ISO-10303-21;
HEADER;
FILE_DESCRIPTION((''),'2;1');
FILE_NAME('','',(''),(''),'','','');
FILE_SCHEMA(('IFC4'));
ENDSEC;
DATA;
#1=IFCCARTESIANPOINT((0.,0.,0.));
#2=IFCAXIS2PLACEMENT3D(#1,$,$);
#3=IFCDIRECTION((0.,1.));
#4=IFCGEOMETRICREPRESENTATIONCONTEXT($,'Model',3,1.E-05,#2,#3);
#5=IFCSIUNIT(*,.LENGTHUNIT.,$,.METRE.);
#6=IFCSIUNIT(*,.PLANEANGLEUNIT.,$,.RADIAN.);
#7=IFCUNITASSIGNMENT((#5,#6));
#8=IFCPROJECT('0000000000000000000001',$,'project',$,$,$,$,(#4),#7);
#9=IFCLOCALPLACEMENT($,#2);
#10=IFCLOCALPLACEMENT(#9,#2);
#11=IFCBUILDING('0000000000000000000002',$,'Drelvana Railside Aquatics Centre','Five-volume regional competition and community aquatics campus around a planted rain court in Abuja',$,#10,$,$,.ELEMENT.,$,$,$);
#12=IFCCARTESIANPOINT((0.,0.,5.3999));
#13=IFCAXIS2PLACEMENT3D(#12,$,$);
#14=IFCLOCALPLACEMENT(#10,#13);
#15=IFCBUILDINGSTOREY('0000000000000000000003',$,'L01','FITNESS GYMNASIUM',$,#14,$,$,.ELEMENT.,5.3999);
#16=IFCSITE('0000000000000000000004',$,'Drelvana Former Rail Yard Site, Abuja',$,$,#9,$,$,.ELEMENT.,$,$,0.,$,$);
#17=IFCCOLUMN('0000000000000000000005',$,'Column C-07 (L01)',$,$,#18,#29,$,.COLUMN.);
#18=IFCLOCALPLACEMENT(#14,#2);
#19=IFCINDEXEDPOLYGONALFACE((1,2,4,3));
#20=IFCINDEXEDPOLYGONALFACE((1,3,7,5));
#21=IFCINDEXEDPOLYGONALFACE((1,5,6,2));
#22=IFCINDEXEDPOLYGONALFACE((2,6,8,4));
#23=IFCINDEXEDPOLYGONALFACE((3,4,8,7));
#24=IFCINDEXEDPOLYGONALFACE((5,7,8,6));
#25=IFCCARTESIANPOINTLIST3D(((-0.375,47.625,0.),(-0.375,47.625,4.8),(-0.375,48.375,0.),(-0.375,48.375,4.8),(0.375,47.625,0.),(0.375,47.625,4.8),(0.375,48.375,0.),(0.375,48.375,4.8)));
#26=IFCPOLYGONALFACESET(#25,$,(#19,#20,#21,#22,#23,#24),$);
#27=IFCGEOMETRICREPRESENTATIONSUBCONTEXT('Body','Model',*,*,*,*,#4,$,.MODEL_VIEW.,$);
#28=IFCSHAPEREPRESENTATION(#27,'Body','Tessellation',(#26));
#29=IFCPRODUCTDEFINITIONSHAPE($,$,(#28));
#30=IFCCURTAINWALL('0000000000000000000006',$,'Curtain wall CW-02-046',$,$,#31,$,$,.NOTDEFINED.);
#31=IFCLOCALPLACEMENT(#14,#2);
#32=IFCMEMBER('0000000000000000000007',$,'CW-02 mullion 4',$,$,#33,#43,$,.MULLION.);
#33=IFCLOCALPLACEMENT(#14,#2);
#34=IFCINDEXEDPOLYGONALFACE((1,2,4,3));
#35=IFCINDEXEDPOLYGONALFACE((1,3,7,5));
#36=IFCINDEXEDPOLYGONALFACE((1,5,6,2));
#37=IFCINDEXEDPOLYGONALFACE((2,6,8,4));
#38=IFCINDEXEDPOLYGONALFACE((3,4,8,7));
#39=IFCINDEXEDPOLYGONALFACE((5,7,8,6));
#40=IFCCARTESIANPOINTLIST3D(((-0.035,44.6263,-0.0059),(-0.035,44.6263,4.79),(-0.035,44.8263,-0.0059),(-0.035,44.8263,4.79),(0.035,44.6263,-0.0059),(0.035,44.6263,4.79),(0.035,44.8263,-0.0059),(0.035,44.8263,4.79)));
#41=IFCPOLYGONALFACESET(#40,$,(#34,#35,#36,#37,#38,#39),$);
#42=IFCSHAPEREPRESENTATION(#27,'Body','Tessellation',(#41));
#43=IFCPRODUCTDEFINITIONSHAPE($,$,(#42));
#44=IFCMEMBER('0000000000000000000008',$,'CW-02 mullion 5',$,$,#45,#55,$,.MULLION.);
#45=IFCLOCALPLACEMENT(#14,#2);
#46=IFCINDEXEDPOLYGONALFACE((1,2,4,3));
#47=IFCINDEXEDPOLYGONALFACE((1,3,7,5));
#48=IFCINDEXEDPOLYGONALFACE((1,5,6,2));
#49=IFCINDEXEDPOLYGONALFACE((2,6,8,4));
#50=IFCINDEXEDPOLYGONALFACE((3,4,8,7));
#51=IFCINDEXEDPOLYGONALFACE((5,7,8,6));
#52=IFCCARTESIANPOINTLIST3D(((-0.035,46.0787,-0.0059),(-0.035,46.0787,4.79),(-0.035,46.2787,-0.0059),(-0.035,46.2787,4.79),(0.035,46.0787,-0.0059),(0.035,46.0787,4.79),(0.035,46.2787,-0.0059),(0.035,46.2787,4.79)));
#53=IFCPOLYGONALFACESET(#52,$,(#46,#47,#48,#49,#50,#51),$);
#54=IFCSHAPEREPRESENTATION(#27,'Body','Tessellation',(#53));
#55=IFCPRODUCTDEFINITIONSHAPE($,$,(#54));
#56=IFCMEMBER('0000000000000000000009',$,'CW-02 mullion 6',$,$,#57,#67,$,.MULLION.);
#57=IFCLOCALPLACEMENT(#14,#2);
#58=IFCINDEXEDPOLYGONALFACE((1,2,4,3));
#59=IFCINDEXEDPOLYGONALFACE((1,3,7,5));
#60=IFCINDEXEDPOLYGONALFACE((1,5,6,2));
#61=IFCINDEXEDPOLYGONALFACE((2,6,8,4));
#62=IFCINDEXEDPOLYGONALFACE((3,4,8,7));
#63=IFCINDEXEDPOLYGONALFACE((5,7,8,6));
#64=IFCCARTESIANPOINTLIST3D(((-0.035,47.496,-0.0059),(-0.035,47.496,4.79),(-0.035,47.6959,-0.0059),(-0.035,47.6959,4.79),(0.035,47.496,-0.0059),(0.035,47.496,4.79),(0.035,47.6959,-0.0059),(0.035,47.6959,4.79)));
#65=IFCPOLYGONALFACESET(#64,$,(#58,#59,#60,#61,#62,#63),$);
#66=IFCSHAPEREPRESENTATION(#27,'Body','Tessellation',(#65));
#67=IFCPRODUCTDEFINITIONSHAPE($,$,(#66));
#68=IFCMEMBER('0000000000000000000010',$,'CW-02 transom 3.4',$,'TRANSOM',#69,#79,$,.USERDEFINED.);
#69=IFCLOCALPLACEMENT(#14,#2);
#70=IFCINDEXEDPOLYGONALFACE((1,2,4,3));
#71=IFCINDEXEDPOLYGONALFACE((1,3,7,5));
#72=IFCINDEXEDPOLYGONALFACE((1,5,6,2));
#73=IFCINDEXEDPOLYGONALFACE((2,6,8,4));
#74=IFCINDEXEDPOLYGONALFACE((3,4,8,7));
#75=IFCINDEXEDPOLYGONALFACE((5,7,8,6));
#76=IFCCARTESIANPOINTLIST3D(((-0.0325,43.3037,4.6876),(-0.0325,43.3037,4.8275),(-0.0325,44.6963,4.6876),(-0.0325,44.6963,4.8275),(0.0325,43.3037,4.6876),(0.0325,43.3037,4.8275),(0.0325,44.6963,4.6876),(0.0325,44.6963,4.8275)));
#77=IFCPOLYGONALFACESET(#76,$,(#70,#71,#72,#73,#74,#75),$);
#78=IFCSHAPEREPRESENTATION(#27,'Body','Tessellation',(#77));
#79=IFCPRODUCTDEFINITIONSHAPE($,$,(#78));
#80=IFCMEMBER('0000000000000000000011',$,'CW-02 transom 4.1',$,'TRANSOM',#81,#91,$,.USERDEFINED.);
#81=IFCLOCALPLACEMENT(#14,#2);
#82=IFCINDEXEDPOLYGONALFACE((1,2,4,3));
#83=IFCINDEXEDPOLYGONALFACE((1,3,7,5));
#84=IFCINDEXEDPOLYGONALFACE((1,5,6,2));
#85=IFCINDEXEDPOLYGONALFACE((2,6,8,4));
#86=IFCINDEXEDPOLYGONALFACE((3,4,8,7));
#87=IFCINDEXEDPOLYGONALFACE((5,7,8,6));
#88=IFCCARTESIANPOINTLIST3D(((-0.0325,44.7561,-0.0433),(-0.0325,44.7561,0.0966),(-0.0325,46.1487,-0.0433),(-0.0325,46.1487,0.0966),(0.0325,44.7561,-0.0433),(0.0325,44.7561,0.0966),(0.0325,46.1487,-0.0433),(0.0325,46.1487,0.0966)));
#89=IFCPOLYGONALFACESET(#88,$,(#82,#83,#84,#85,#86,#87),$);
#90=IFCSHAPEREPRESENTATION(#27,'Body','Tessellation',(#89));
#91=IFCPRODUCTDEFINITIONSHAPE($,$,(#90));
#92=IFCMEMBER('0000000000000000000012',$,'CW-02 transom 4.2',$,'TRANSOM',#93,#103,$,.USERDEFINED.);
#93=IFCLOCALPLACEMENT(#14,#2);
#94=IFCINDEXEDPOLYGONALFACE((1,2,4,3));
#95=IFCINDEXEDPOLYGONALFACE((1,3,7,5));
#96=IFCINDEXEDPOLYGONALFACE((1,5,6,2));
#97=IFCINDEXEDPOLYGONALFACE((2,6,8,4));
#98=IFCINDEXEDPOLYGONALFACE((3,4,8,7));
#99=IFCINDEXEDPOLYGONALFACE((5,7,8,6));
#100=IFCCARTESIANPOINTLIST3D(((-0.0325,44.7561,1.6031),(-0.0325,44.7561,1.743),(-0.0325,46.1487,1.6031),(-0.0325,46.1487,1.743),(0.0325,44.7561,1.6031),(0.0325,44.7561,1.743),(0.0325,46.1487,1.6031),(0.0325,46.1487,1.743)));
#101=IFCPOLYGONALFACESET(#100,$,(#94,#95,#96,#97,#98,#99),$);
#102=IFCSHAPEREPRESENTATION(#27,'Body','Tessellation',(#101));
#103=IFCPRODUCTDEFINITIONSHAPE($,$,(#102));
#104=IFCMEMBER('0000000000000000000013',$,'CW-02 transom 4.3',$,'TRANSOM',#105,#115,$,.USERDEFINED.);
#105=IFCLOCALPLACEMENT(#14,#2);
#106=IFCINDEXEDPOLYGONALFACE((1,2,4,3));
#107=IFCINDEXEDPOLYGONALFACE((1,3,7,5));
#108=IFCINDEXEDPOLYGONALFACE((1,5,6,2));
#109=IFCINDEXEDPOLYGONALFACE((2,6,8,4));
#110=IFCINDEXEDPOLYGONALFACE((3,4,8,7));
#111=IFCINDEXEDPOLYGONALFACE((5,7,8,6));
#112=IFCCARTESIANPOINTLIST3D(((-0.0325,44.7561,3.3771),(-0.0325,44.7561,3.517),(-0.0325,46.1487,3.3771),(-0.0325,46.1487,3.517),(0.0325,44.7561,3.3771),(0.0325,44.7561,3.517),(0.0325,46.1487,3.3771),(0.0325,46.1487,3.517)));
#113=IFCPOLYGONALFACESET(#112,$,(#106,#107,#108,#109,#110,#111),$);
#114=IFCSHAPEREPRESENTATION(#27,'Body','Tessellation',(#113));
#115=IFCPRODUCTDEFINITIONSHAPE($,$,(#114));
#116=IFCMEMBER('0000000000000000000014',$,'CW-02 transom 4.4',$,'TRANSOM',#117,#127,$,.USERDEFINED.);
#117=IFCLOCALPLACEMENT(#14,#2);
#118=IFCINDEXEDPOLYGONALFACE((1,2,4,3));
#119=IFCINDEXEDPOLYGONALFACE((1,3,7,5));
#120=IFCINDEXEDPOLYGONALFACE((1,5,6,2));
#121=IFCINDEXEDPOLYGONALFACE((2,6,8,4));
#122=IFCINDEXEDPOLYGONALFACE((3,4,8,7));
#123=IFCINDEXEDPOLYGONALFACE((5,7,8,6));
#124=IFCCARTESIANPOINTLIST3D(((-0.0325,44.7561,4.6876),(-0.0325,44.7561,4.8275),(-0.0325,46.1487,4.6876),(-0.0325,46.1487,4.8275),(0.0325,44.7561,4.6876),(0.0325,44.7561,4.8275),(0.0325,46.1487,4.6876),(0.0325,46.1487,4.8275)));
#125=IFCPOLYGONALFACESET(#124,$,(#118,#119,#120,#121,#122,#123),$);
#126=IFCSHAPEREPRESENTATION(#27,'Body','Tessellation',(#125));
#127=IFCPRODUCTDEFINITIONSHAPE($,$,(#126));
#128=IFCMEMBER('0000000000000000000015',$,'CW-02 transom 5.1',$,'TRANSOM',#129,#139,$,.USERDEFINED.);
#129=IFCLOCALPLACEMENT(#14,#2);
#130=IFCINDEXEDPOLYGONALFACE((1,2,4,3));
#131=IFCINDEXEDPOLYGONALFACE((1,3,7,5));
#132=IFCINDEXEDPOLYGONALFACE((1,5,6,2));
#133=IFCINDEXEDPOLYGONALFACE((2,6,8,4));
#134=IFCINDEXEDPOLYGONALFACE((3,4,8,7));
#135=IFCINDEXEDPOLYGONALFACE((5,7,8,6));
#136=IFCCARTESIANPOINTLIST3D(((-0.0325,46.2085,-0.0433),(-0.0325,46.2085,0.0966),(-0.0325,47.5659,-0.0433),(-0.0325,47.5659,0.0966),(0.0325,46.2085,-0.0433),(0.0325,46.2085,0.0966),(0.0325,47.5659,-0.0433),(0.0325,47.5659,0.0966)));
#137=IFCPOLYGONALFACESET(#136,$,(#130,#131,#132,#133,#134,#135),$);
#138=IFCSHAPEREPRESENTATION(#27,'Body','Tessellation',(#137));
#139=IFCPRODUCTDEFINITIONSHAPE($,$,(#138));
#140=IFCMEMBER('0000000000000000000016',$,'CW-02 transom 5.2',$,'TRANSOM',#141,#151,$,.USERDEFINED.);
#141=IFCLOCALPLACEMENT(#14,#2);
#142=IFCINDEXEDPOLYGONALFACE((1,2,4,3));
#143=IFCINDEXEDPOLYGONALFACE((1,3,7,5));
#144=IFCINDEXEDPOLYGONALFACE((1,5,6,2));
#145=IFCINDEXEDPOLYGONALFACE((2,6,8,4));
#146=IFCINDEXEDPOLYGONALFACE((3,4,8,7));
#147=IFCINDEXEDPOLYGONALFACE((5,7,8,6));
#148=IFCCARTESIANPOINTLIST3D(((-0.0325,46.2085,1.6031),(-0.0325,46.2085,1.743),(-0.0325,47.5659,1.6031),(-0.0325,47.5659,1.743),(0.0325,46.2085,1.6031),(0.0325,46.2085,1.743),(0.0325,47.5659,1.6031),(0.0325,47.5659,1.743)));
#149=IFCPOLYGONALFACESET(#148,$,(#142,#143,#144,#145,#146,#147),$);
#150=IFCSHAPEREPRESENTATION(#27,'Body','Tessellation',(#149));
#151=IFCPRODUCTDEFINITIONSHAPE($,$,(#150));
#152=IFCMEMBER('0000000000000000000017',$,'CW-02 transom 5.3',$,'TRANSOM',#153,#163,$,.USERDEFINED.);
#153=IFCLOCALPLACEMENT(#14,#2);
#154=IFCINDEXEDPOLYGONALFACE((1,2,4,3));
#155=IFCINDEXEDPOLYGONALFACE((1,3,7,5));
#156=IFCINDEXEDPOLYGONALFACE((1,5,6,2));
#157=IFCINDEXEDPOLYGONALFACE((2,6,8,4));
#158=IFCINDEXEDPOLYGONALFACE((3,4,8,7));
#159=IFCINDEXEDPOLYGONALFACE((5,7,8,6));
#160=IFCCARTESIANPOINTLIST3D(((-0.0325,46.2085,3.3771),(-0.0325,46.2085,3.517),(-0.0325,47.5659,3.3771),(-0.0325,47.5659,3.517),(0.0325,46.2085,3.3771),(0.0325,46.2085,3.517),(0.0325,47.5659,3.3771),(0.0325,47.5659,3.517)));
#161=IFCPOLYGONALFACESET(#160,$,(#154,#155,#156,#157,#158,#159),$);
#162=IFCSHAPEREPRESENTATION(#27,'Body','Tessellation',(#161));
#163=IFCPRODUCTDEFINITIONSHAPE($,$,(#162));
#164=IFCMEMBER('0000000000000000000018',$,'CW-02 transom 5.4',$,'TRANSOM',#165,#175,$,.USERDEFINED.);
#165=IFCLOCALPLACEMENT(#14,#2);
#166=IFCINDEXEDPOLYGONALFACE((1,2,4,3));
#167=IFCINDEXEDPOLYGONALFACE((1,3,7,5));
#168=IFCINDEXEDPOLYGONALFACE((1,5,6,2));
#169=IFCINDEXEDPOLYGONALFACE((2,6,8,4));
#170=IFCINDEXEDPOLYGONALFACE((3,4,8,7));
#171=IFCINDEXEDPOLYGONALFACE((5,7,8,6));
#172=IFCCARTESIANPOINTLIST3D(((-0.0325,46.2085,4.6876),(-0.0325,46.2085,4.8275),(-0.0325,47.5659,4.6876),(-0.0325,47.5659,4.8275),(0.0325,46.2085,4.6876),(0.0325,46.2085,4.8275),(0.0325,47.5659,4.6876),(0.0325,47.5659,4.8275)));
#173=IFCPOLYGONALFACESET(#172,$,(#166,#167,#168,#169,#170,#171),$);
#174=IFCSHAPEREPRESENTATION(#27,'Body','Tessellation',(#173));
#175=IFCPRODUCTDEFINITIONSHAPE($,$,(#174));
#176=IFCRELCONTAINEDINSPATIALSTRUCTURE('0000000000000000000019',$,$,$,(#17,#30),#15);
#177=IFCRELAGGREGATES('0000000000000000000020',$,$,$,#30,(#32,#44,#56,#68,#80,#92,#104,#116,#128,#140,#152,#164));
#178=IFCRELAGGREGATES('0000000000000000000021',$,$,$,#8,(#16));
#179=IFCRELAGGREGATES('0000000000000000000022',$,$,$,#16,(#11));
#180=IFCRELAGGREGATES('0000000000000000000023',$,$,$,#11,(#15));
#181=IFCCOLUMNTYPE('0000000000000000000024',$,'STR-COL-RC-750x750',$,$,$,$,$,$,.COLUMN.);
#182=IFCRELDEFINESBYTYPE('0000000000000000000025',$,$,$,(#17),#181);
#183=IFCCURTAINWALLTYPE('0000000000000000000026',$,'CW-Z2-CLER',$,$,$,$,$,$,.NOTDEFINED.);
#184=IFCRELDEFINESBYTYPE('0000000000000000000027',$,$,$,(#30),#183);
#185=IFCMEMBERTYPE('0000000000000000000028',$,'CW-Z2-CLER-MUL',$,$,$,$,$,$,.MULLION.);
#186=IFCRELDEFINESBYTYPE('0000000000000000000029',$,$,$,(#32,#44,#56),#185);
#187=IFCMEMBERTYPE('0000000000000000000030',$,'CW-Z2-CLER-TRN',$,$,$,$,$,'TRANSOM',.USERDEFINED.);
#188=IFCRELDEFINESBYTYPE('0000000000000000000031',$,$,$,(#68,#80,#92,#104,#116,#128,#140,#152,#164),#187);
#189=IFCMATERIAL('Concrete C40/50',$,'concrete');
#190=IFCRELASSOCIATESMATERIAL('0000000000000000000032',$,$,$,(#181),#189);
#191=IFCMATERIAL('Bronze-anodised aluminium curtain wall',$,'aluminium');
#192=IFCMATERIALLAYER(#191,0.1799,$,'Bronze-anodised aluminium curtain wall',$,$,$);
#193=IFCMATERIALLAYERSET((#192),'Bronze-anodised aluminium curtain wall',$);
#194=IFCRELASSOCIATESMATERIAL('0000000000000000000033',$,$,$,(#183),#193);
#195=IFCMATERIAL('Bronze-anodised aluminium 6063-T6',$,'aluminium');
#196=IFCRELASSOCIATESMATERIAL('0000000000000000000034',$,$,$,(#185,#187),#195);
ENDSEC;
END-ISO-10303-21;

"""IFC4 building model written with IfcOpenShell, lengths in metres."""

from ifc_helpers import new_model, si_unit, direction, frame, origin, origin_2d, place, context, subcontext, project, spatial, rectangle, extrude, material, layer, layer_set, material_profile, profile_set, type_object, element, aggregate, save


model = new_model("IFC4")

# Units and contexts
model_context = context("Model", 3, precision=1e-05, world=origin(), true_north=direction((0.0, 1.0)))
body_context = subcontext(model_context, "Body", "Model", "MODEL_VIEW")
ifc_project = project(units=[si_unit("LENGTHUNIT", "METRE"), si_unit("PLANEANGLEUNIT", "RADIAN")], contexts=[model_context])

# Site, building, storey
site_placement = place(None, origin())
site = spatial("IfcSite", under=ifc_project, at=site_placement, Name="Drelvana Former Rail Yard Site, Abuja", CompositionType="ELEMENT", RefElevation=0.0)
building_placement = place(site_placement, origin())
building = spatial("IfcBuilding", under=site, at=building_placement, Name="Drelvana Railside Aquatics Centre", Description="Five-volume regional competition and community aquatics campus around a planted rain court in Abuja", CompositionType="ELEMENT")
storey_placement = place(building_placement, frame((0.0, 0.0, 5.3999)))
storey = spatial("IfcBuildingStorey", under=building, at=storey_placement, Name="L01", Description="FITNESS GYMNASIUM", CompositionType="ELEMENT", Elevation=5.3999)

# Column
ifc_material_1 = material(Name="Concrete C40/50", Category="concrete")
ifc_material_profile_1 = material_profile(ifc_material_1, rectangle(XDim=0.75, YDim=0.75, at=origin_2d()), Name="RC 750x750")
ifc_profile_set_1 = profile_set([ifc_material_profile_1], Name="Concrete C40/50")
column_type = type_object("IfcColumnType", Name="STR-COL-RC-750x750", PredefinedType="COLUMN", material=ifc_profile_set_1)
column_placement = place(storey_placement, frame((0.0, 48.0, 0.0), z_axis=(0.0, 0.0, 1.0), x_axis=(1.0, 0.0, 0.0)))
element("IfcColumn", 1, at=column_placement, inside=storey, type_object=column_type, Name="Column C-07 (L01)", PredefinedType="COLUMN", context=body_context, shape_type="SweptSolid", body=[
    extrude(rectangle(XDim=0.75, YDim=0.75, at=origin_2d()), origin(), (0.0, 0.0, 1.0), 4.8),
])

# Curtain wall, members
ifc_material_2 = material(Name="Bronze-anodised aluminium curtain wall", Category="aluminium")
ifc_layer_1 = layer(ifc_material_2, 0.1799, Name="Bronze-anodised aluminium curtain wall")
ifc_layer_set_1 = layer_set([ifc_layer_1], Name="Bronze-anodised aluminium curtain wall")
curtain_wall_type = type_object("IfcCurtainWallType", Name="CW-Z2-CLER", PredefinedType="NOTDEFINED", material=ifc_layer_set_1)
curtain_wall_placement = place(storey_placement, origin())
curtain_wall = element("IfcCurtainWall", 2, at=curtain_wall_placement, inside=storey, type_object=curtain_wall_type, Name="Curtain wall CW-02-046", PredefinedType="NOTDEFINED")
ifc_material_3 = material(Name="Bronze-anodised aluminium 6063-T6", Category="aluminium")
ifc_material_profile_2 = material_profile(ifc_material_3, rectangle(XDim=0.0701, YDim=0.2, at=origin_2d()), Name="ALU-M 70x200")
ifc_profile_set_2 = profile_set([ifc_material_profile_2], Name="Bronze-anodised aluminium 6063-T6")
member_type_1 = type_object("IfcMemberType", Name="CW-Z2-CLER-MUL", PredefinedType="MULLION", material=ifc_profile_set_2)
member_1_placement = place(storey_placement, frame((0.0, 44.7263, -0.0059), z_axis=(0.0, 0.0, 1.0), x_axis=(-1.0, 0.0, 0.0)))
member_1 = element("IfcMember", 3, at=member_1_placement, type_object=member_type_1, Name="CW-02 mullion 4", PredefinedType="MULLION", context=body_context, shape_type="SweptSolid", body=[
    extrude(rectangle(XDim=0.0701, YDim=0.2, at=origin_2d()), origin(), (0.0, 0.0, 1.0), 4.7959),
])
member_2_placement = place(storey_placement, frame((0.0, 46.1787, -0.0059), z_axis=(0.0, 0.0, 1.0), x_axis=(-1.0, 0.0, 0.0)))
member_2 = element("IfcMember", 4, at=member_2_placement, type_object=member_type_1, Name="CW-02 mullion 5", PredefinedType="MULLION", context=body_context, shape_type="SweptSolid", body=[
    extrude(rectangle(XDim=0.0701, YDim=0.2, at=origin_2d()), origin(), (0.0, 0.0, 1.0), 4.7959),
])
member_3_placement = place(storey_placement, frame((0.0, 47.5959, -0.0059), z_axis=(0.0, 0.0, 1.0), x_axis=(-1.0, 0.0, 0.0)))
member_3 = element("IfcMember", 5, at=member_3_placement, type_object=member_type_1, Name="CW-02 mullion 6", PredefinedType="MULLION", context=body_context, shape_type="SweptSolid", body=[
    extrude(rectangle(XDim=0.0701, YDim=0.2, at=origin_2d()), origin(), (0.0, 0.0, 1.0), 4.7959),
])
ifc_material_profile_3 = material_profile(ifc_material_3, rectangle(XDim=0.1399, YDim=0.0649, at=origin_2d()), Name="ALU-T 65x140")
ifc_profile_set_3 = profile_set([ifc_material_profile_3], Name="Bronze-anodised aluminium 6063-T6")
member_type_2 = type_object("IfcMemberType", Name="CW-Z2-CLER-TRN", ElementType="TRANSOM", PredefinedType="USERDEFINED", material=ifc_profile_set_3)
member_4_placement = place(storey_placement, frame((0.0, 43.3037, 4.7576), z_axis=(0.0, 1.0, 0.0), x_axis=(0.0, 0.0, 1.0)))
member_4 = element("IfcMember", 6, at=member_4_placement, type_object=member_type_2, Name="CW-02 transom 3.4", ObjectType="TRANSOM", PredefinedType="USERDEFINED", context=body_context, shape_type="SweptSolid", body=[
    extrude(rectangle(XDim=0.1399, YDim=0.0649, at=origin_2d()), origin(), (0.0, 0.0, 1.0), 1.3926),
])
member_5_placement = place(storey_placement, frame((0.0, 44.7561, 0.0266), z_axis=(0.0, 1.0, 0.0), x_axis=(0.0, 0.0, 1.0)))
member_5 = element("IfcMember", 7, at=member_5_placement, type_object=member_type_2, Name="CW-02 transom 4.1", ObjectType="TRANSOM", PredefinedType="USERDEFINED", context=body_context, shape_type="SweptSolid", body=[
    extrude(rectangle(XDim=0.1399, YDim=0.0649, at=origin_2d()), origin(), (0.0, 0.0, 1.0), 1.3926),
])
member_6_placement = place(storey_placement, frame((0.0, 44.7561, 1.6731), z_axis=(0.0, 1.0, 0.0), x_axis=(0.0, 0.0, 1.0)))
member_6 = element("IfcMember", 8, at=member_6_placement, type_object=member_type_2, Name="CW-02 transom 4.2", ObjectType="TRANSOM", PredefinedType="USERDEFINED", context=body_context, shape_type="SweptSolid", body=[
    extrude(rectangle(XDim=0.1399, YDim=0.0649, at=origin_2d()), origin(), (0.0, 0.0, 1.0), 1.3926),
])
member_7_placement = place(storey_placement, frame((0.0, 44.7561, 3.447), z_axis=(0.0, 1.0, 0.0), x_axis=(0.0, 0.0, 1.0)))
member_7 = element("IfcMember", 9, at=member_7_placement, type_object=member_type_2, Name="CW-02 transom 4.3", ObjectType="TRANSOM", PredefinedType="USERDEFINED", context=body_context, shape_type="SweptSolid", body=[
    extrude(rectangle(XDim=0.1399, YDim=0.0649, at=origin_2d()), origin(), (0.0, 0.0, 1.0), 1.3926),
])
member_8_placement = place(storey_placement, frame((0.0, 44.7561, 4.7576), z_axis=(0.0, 1.0, 0.0), x_axis=(0.0, 0.0, 1.0)))
member_8 = element("IfcMember", 10, at=member_8_placement, type_object=member_type_2, Name="CW-02 transom 4.4", ObjectType="TRANSOM", PredefinedType="USERDEFINED", context=body_context, shape_type="SweptSolid", body=[
    extrude(rectangle(XDim=0.1399, YDim=0.0649, at=origin_2d()), origin(), (0.0, 0.0, 1.0), 1.3926),
])
member_9_placement = place(storey_placement, frame((0.0, 46.2085, 0.0266), z_axis=(0.0, 1.0, 0.0), x_axis=(0.0, 0.0, 1.0)))
member_9 = element("IfcMember", 11, at=member_9_placement, type_object=member_type_2, Name="CW-02 transom 5.1", ObjectType="TRANSOM", PredefinedType="USERDEFINED", context=body_context, shape_type="SweptSolid", body=[
    extrude(rectangle(XDim=0.1399, YDim=0.0649, at=origin_2d()), origin(), (0.0, 0.0, 1.0), 1.3574),
])
member_10_placement = place(storey_placement, frame((0.0, 46.2085, 1.6731), z_axis=(0.0, 1.0, 0.0), x_axis=(0.0, 0.0, 1.0)))
member_10 = element("IfcMember", 12, at=member_10_placement, type_object=member_type_2, Name="CW-02 transom 5.2", ObjectType="TRANSOM", PredefinedType="USERDEFINED", context=body_context, shape_type="SweptSolid", body=[
    extrude(rectangle(XDim=0.1399, YDim=0.0649, at=origin_2d()), origin(), (0.0, 0.0, 1.0), 1.3574),
])
member_11_placement = place(storey_placement, frame((0.0, 46.2085, 3.447), z_axis=(0.0, 1.0, 0.0), x_axis=(0.0, 0.0, 1.0)))
member_11 = element("IfcMember", 13, at=member_11_placement, type_object=member_type_2, Name="CW-02 transom 5.3", ObjectType="TRANSOM", PredefinedType="USERDEFINED", context=body_context, shape_type="SweptSolid", body=[
    extrude(rectangle(XDim=0.1399, YDim=0.0649, at=origin_2d()), origin(), (0.0, 0.0, 1.0), 1.3574),
])
member_12_placement = place(storey_placement, frame((0.0, 46.2085, 4.7576), z_axis=(0.0, 1.0, 0.0), x_axis=(0.0, 0.0, 1.0)))
member_12 = element("IfcMember", 14, at=member_12_placement, type_object=member_type_2, Name="CW-02 transom 5.4", ObjectType="TRANSOM", PredefinedType="USERDEFINED", context=body_context, shape_type="SweptSolid", body=[
    extrude(rectangle(XDim=0.1399, YDim=0.0649, at=origin_2d()), origin(), (0.0, 0.0, 1.0), 1.3574),
])

aggregate(curtain_wall, [member_1, member_2, member_3, member_4, member_5, member_6, member_7, member_8, member_9, member_10, member_11, member_12])

save(model, "model.ifc")
